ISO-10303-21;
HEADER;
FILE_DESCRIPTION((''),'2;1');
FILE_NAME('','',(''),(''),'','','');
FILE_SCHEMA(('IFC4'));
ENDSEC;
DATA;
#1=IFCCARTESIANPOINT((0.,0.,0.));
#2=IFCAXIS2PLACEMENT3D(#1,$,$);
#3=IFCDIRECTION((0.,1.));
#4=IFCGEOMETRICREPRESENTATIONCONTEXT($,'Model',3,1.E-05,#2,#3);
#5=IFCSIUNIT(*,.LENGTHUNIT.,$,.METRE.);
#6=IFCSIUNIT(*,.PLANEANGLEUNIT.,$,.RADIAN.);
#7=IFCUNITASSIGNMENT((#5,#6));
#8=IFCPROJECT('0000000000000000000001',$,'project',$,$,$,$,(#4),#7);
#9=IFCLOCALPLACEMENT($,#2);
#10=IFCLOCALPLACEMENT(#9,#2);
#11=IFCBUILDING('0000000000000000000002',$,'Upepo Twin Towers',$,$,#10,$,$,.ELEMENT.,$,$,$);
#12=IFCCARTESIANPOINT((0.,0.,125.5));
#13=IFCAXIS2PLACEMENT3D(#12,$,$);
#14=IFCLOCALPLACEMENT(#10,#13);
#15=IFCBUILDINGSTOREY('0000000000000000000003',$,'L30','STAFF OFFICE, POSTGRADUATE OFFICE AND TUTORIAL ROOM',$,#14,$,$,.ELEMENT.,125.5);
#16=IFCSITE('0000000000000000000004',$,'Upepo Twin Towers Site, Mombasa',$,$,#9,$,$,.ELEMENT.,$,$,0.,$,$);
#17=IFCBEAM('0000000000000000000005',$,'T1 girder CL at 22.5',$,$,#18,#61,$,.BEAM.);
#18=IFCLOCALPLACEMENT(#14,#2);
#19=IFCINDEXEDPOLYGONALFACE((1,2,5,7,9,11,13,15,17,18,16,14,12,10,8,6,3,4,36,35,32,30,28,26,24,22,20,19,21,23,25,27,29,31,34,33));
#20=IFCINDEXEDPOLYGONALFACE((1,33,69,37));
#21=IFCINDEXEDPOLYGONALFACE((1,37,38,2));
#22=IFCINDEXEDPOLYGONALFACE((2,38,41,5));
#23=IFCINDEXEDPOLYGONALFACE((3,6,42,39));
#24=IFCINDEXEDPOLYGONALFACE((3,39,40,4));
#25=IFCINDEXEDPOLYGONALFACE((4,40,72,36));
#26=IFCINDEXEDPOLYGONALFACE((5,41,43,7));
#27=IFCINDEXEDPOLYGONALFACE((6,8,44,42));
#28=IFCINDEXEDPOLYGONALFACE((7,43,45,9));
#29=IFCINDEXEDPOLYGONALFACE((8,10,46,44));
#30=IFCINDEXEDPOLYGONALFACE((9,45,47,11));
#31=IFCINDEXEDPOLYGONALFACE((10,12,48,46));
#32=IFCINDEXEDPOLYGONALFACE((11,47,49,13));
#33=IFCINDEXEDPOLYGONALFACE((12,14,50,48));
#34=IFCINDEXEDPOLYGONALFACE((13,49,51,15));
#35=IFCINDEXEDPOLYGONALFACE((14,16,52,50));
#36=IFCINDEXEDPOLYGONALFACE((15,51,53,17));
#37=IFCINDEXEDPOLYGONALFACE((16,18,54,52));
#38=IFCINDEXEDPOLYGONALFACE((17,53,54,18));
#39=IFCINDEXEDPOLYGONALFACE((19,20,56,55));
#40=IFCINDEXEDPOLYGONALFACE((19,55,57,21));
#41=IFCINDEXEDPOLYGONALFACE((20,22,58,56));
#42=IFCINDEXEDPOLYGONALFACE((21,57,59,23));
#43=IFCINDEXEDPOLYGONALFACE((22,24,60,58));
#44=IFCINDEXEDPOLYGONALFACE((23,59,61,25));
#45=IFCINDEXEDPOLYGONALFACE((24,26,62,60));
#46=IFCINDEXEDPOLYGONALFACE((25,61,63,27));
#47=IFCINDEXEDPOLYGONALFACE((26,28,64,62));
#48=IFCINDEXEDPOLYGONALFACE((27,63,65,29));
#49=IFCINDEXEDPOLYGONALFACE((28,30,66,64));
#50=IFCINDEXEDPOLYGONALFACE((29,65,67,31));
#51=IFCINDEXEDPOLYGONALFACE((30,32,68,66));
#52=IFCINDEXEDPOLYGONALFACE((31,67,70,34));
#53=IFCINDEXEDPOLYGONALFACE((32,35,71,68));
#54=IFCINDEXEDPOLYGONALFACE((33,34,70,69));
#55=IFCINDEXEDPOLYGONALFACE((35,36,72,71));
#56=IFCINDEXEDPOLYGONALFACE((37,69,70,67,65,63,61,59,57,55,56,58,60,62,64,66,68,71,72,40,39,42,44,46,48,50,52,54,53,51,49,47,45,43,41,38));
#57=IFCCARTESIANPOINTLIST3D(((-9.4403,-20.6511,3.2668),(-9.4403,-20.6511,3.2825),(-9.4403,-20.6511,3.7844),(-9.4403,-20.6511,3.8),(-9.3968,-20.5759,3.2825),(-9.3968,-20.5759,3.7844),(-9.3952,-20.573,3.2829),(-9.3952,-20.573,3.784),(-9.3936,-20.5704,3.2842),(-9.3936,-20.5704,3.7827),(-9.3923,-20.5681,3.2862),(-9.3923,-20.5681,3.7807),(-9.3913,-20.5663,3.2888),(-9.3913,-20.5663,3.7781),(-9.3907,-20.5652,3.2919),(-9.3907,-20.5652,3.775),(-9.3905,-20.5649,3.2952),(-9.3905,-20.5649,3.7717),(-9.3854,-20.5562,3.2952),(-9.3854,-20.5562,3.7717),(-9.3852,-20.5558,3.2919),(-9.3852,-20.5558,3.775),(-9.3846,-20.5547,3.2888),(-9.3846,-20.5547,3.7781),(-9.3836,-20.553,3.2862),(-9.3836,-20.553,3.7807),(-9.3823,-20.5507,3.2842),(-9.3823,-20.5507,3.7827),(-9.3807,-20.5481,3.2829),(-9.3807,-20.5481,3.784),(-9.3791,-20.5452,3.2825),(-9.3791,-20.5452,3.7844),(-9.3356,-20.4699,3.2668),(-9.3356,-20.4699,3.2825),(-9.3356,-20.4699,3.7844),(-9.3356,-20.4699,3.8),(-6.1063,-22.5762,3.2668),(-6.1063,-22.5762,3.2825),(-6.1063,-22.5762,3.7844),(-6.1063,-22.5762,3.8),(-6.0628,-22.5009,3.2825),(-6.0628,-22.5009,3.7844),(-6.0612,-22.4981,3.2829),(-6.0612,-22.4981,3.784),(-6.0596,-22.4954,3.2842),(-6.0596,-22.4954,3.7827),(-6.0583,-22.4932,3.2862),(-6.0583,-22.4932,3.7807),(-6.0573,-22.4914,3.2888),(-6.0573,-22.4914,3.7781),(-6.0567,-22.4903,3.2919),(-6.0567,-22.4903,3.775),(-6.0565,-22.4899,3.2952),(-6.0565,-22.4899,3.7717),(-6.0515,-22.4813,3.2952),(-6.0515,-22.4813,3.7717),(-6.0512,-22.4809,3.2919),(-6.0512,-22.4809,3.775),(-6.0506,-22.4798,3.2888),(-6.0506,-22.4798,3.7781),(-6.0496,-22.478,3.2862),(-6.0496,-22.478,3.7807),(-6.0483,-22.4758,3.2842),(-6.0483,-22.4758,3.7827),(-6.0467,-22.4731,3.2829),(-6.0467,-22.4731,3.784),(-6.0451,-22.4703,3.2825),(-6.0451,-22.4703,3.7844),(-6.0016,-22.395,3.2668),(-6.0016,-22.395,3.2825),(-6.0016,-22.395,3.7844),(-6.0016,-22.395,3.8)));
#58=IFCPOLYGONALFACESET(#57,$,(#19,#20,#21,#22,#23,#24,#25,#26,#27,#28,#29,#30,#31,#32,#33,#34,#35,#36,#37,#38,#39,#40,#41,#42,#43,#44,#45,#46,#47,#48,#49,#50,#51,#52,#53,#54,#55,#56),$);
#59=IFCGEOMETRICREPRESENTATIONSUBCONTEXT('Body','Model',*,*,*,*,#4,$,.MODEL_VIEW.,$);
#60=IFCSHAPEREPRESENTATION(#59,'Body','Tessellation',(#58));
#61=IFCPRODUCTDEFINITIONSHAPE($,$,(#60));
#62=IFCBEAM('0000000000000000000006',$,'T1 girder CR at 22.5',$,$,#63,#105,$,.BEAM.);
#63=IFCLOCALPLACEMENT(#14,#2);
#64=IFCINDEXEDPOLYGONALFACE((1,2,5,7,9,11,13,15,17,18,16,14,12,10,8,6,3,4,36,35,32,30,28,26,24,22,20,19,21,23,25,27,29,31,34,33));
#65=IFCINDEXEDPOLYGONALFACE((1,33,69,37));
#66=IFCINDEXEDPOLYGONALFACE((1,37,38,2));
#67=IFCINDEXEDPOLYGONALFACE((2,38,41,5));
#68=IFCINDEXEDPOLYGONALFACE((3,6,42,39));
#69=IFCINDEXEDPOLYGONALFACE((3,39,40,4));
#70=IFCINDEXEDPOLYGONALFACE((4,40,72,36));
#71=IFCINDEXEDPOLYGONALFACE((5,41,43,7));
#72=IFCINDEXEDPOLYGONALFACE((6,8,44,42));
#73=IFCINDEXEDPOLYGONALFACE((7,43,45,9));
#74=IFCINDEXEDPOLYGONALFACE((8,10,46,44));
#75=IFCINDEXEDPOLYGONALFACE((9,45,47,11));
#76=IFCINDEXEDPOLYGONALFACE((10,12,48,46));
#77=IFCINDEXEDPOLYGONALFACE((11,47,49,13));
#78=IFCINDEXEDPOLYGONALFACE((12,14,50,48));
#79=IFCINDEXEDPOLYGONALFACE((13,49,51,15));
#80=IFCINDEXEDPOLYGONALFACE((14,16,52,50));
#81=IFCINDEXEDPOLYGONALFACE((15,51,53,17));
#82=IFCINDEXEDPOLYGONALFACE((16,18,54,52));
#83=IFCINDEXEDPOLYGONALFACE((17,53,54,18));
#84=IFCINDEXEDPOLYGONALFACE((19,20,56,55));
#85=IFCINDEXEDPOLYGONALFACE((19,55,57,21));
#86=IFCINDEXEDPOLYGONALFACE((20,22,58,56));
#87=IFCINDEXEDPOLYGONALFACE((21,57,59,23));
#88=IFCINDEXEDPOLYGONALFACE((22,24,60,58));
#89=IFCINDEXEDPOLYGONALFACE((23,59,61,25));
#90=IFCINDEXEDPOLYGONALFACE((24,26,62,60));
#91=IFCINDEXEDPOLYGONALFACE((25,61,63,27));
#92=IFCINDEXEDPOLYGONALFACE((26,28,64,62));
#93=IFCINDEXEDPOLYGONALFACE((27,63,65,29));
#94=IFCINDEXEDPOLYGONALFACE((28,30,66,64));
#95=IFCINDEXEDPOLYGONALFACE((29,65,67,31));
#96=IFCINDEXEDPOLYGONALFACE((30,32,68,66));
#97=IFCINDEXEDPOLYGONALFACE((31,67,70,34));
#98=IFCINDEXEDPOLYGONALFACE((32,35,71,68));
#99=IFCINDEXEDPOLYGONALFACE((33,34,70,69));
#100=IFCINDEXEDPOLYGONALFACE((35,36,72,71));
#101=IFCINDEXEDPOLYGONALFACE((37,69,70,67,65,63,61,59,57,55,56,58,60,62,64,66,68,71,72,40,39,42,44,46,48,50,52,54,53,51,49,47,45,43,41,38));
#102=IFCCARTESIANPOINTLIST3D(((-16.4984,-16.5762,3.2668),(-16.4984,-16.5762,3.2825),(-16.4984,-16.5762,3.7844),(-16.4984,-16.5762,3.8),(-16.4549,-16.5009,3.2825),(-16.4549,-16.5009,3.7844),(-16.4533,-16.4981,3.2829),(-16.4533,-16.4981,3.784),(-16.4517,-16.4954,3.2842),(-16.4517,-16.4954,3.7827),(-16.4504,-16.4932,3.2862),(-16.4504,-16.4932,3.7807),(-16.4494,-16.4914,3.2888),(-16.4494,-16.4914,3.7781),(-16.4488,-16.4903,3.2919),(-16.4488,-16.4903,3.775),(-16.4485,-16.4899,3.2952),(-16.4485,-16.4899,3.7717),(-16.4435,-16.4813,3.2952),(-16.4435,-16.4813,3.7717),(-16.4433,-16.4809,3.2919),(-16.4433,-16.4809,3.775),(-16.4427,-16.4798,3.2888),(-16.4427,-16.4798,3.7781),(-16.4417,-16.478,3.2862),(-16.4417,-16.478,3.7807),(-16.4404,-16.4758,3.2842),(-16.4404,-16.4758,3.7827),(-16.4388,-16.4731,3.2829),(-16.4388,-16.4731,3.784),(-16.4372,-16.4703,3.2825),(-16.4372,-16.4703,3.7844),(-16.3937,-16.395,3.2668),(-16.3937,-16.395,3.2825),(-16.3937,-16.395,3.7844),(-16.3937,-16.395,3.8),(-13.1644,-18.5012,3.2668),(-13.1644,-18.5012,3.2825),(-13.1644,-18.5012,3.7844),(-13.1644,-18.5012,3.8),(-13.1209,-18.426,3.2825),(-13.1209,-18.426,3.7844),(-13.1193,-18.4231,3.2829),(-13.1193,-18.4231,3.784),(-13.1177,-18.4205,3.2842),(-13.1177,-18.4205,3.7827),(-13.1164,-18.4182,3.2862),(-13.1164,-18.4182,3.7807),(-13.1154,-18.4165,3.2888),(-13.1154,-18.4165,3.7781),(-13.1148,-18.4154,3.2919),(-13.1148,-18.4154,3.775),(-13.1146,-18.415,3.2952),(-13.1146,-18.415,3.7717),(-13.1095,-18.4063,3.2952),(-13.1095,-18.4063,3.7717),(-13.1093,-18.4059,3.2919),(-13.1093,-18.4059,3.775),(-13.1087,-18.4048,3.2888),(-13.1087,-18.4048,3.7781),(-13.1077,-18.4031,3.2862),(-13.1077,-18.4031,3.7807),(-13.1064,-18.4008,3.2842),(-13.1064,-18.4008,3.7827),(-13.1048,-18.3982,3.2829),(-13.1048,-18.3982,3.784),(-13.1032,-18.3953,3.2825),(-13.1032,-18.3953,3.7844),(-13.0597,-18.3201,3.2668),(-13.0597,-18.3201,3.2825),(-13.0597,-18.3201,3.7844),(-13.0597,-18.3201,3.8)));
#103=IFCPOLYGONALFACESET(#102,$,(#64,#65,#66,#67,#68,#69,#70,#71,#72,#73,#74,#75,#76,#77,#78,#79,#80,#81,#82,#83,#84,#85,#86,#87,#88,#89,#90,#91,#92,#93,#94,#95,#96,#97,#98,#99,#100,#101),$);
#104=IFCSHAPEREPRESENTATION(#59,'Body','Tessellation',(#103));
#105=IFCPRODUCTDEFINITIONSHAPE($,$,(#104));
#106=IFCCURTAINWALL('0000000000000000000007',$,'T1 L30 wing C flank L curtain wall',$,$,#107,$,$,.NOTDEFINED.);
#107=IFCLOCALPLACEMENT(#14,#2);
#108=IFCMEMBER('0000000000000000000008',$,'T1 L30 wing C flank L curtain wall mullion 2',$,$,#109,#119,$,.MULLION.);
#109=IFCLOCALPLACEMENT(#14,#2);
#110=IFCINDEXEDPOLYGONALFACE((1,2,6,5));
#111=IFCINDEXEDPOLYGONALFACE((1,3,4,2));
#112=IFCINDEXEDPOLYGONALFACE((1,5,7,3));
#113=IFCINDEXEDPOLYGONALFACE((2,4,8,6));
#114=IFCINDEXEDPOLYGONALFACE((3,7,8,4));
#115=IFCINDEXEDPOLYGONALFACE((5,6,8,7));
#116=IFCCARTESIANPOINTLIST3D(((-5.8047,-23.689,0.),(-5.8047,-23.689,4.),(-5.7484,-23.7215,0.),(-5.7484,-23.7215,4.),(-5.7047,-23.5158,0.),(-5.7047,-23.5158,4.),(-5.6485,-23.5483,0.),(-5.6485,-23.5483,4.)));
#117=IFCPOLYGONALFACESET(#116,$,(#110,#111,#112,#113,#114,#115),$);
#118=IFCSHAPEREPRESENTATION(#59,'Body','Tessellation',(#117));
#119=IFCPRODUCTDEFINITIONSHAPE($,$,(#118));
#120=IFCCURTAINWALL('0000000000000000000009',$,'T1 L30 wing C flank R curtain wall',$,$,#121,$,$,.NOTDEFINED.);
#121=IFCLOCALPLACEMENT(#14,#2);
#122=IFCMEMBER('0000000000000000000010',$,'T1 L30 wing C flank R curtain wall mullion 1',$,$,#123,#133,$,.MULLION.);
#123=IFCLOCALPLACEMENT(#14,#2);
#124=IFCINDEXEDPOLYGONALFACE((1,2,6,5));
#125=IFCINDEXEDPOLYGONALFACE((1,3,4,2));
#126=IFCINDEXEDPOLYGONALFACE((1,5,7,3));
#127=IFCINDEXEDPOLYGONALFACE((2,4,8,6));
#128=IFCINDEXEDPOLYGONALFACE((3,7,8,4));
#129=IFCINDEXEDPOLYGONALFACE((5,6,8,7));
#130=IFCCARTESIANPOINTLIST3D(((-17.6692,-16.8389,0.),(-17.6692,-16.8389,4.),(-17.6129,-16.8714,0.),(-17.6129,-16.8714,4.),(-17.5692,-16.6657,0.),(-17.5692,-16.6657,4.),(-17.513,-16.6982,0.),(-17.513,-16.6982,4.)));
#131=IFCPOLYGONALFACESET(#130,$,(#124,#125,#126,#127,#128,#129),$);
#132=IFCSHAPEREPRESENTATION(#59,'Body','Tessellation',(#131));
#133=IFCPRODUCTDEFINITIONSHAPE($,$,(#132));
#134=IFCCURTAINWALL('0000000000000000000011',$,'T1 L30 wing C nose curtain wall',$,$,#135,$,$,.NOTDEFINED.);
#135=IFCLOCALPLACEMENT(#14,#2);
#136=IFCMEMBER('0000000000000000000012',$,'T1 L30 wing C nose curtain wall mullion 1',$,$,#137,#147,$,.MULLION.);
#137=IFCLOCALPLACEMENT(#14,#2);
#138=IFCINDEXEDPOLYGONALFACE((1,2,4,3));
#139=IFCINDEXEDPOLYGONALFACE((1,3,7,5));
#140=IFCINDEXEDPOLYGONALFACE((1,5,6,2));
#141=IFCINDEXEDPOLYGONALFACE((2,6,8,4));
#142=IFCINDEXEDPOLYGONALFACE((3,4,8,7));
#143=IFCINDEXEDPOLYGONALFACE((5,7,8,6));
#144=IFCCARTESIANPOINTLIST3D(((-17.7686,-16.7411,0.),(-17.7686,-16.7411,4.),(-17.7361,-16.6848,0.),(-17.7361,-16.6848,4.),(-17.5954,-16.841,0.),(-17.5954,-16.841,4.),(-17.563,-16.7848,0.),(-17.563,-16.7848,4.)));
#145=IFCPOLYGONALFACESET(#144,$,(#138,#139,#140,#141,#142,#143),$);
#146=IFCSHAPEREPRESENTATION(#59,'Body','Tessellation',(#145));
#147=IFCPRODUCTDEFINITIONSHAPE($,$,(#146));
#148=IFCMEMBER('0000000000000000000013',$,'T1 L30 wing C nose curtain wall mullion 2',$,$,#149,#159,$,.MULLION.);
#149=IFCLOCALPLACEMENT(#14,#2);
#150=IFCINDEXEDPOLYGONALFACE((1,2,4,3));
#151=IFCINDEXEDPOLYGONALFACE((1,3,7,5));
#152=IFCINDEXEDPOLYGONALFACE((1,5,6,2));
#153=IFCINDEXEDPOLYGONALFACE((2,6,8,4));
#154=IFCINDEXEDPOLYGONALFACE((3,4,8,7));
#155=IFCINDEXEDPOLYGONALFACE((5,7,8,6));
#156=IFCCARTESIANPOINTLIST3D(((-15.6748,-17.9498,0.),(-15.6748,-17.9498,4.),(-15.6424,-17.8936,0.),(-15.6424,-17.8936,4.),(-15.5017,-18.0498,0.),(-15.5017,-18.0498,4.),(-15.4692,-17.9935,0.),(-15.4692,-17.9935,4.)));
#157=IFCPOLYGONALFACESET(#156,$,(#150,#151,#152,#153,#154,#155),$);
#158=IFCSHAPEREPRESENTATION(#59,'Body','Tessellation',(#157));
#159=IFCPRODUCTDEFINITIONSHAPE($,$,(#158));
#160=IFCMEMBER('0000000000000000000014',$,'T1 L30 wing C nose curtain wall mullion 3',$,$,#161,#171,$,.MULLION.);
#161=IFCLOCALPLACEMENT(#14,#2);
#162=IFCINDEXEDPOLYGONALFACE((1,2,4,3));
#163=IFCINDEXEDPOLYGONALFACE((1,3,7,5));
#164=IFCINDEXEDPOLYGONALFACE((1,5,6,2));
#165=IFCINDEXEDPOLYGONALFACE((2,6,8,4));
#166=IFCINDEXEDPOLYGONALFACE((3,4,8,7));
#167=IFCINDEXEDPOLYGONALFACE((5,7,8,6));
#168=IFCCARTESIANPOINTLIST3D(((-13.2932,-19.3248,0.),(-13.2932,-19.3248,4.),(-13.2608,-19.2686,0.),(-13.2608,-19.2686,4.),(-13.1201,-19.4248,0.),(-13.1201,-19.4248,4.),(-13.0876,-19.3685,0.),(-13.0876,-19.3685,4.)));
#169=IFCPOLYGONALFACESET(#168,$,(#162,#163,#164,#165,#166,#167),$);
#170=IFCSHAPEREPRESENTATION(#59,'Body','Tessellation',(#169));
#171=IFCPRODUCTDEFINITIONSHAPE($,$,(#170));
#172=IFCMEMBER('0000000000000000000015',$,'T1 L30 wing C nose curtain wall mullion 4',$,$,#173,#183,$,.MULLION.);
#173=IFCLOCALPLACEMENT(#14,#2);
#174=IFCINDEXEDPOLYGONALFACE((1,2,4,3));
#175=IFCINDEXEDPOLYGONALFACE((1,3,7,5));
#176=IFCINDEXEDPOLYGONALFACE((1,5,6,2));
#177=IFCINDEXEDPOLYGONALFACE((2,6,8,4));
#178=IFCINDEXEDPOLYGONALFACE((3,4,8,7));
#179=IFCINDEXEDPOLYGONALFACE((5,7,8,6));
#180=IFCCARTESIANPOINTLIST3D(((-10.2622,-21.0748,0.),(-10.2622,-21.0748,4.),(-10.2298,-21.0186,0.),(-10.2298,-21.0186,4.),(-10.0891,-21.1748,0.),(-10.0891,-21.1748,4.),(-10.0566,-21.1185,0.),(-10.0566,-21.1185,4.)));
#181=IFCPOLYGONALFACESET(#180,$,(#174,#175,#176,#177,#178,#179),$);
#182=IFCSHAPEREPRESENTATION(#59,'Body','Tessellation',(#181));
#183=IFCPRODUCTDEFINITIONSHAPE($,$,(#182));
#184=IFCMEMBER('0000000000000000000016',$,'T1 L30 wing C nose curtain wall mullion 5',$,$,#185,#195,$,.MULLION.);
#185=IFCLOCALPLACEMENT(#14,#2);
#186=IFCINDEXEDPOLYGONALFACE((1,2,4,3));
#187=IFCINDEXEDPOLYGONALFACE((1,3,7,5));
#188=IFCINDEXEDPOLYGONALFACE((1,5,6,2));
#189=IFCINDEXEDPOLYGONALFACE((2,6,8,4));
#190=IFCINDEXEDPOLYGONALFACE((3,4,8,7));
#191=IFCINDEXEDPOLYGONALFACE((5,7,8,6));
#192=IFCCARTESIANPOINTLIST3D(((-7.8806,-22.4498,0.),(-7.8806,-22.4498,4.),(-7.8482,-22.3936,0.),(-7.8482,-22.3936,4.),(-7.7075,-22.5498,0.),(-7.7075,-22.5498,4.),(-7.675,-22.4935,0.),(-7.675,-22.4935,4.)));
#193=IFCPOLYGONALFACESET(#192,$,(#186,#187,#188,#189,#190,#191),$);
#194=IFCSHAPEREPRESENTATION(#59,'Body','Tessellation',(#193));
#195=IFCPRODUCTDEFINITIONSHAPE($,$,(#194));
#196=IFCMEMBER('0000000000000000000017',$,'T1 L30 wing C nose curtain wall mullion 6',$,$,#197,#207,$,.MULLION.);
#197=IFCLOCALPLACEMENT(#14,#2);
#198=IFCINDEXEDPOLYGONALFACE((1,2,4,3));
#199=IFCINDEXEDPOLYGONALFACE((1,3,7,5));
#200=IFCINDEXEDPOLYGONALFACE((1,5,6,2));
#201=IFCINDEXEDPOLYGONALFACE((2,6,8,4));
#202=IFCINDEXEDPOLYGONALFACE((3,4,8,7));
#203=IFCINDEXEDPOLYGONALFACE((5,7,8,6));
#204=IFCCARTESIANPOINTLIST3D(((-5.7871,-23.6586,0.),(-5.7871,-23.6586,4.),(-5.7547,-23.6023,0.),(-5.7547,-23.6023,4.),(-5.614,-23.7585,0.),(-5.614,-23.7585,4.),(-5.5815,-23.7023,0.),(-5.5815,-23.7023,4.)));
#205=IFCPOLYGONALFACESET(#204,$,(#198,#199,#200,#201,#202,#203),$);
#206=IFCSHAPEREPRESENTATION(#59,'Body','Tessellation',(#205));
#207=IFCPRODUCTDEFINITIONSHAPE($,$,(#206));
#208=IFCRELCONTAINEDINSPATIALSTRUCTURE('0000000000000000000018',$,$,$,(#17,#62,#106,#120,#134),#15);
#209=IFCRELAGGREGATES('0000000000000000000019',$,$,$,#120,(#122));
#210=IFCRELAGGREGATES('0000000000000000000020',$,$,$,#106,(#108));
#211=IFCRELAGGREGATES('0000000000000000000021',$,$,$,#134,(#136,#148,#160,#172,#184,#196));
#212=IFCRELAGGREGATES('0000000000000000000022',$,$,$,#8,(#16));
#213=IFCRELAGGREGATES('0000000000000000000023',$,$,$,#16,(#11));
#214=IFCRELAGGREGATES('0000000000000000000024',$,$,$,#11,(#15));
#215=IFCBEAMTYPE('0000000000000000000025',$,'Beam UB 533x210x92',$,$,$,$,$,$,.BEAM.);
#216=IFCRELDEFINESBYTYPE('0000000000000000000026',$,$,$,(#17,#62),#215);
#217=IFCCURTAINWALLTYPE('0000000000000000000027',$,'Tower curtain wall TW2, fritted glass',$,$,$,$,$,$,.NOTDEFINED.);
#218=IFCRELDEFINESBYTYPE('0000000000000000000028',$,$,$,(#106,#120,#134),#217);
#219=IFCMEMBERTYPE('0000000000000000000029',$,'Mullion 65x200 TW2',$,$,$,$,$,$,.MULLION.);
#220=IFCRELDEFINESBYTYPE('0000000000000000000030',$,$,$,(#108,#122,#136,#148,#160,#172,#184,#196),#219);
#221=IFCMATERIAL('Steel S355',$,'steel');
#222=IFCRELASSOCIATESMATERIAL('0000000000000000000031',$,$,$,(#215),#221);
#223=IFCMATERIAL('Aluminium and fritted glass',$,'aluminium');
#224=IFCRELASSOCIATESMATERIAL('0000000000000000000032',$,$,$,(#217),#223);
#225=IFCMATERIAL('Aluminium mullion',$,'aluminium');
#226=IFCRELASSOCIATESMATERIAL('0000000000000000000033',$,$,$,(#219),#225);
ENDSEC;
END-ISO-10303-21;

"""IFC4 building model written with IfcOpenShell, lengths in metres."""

from ifc_helpers import new_model, si_unit, direction, frame, origin, origin_2d, place, context, subcontext, project, spatial, rectangle, i_section, extrude, material, material_profile, profile_set, type_object, element, aggregate, save


model = new_model("IFC4")

# Units and contexts
model_context = context("Model", 3, precision=1e-05, world=origin(), true_north=direction((0.0, 1.0)))
body_context = subcontext(model_context, "Body", "Model", "MODEL_VIEW")
ifc_project = project(units=[si_unit("LENGTHUNIT", "METRE"), si_unit("PLANEANGLEUNIT", "RADIAN")], contexts=[model_context])

# Site, building, storey
site_placement = place(None, origin())
site = spatial("IfcSite", under=ifc_project, at=site_placement, Name="Upepo Twin Towers Site, Mombasa", CompositionType="ELEMENT", RefElevation=0.0)
building_placement = place(site_placement, origin())
building = spatial("IfcBuilding", under=site, at=building_placement, Name="Upepo Twin Towers", CompositionType="ELEMENT")
storey_placement = place(building_placement, frame((0.0, 0.0, 125.5)))
storey = spatial("IfcBuildingStorey", under=building, at=storey_placement, Name="L30", Description="STAFF OFFICE, POSTGRADUATE OFFICE AND TUTORIAL ROOM", CompositionType="ELEMENT", Elevation=125.5)

# Beams
ifc_material_1 = material(Name="Steel S355", Category="steel")
ifc_material_profile_1 = material_profile(ifc_material_1, i_section(OverallWidth=0.2092, OverallDepth=0.5332, WebThickness=0.01, FlangeThickness=0.0156, FilletRadius=0.0127, at=origin_2d()), Name="UB 533x210x92")
ifc_profile_set_1 = profile_set([ifc_material_profile_1], Name="Steel S355")
beam_type_1 = type_object("IfcBeamType", Name="Beam UB 533x210x92", PredefinedType="BEAM", material=ifc_profile_set_1)
for number, where, z_axis, x_axis, name in (
    (1, (-6.054, -22.4856, 3.5334), (-0.866006, 0.500034, 0.0), (-0.500034, -0.866006, 0.0), "T1 girder CL at 22.5"),
    (2, (-16.446, -16.4856, 3.5334), (0.866006, -0.500034, 0.0), (0.500034, 0.866006, 0.0), "T1 girder CR at 22.5"),
):
    element("IfcBeam", number, at=place(storey_placement, frame(where, z_axis=z_axis, x_axis=x_axis)), inside=storey, type_object=beam_type_1, Name=name, PredefinedType="BEAM", context=body_context, shape_type="SweptSolid", body=[
        extrude(i_section(OverallWidth=0.2092, OverallDepth=0.5332, WebThickness=0.01, FlangeThickness=0.0156, FilletRadius=0.0127, at=origin_2d()), origin(), (0.0, 0.0, 1.0), 3.8499),
    ])

# Curtain walls, members
ifc_material_2 = material(Name="Aluminium and fritted glass", Category="aluminium")
curtain_wall_type = type_object("IfcCurtainWallType", Name="Tower curtain wall TW2, fritted glass", PredefinedType="NOTDEFINED", material=ifc_material_2)
curtain_wall_1_placement = place(storey_placement, origin())
curtain_wall_1 = element("IfcCurtainWall", 3, at=curtain_wall_1_placement, inside=storey, type_object=curtain_wall_type, Name="T1 L30 wing C flank L curtain wall", PredefinedType="NOTDEFINED")
ifc_material_3 = material(Name="Aluminium mullion", Category="aluminium")
ifc_material_profile_2 = material_profile(ifc_material_3, rectangle(XDim=0.0649, YDim=0.2, at=origin_2d()), Name="MULLION 65x200")
ifc_profile_set_2 = profile_set([ifc_material_profile_2], Name="Aluminium mullion")
member_type_1 = type_object("IfcMemberType", Name="Mullion 65x200 TW2", PredefinedType="MULLION", material=ifc_profile_set_2)
member_1_placement = place(storey_placement, frame((-5.7266, -23.6187, 0.0), z_axis=(0.0, 0.0, 1.0), x_axis=(0.866025, -0.5, 0.0)))
member_1 = element("IfcMember", 4, at=member_1_placement, type_object=member_type_1, Name="T1 L30 wing C flank L curtain wall mullion 2", PredefinedType="MULLION", context=body_context, shape_type="SweptSolid", body=[
    extrude(rectangle(XDim=0.0649, YDim=0.2, at=origin_2d()), origin(), (0.0, 0.0, 1.0), 4.0),
])
curtain_wall_2_placement = place(storey_placement, origin())
curtain_wall_2 = element("IfcCurtainWall", 5, at=curtain_wall_2_placement, inside=storey, type_object=curtain_wall_type, Name="T1 L30 wing C flank R curtain wall", PredefinedType="NOTDEFINED")
member_2_placement = place(storey_placement, frame((-17.5911, -16.7686, 0.0), z_axis=(0.0, 0.0, 1.0), x_axis=(-0.866025, 0.5, 0.0)))
member_2 = element("IfcMember", 6, at=member_2_placement, type_object=member_type_1, Name="T1 L30 wing C flank R curtain wall mullion 1", PredefinedType="MULLION", context=body_context, shape_type="SweptSolid", body=[
    extrude(rectangle(XDim=0.0649, YDim=0.2, at=origin_2d()), origin(), (0.0, 0.0, 1.0), 4.0),
])

# Curtain wall, members
curtain_wall_3_placement = place(storey_placement, origin())
curtain_wall_3 = element("IfcCurtainWall", 7, at=curtain_wall_3_placement, inside=storey, type_object=curtain_wall_type, Name="T1 L30 wing C nose curtain wall", PredefinedType="NOTDEFINED")
member_3_placement = place(storey_placement, frame((-17.6658, -16.7629, 0.0), z_axis=(0.0, 0.0, 1.0), x_axis=(0.5, 0.866025, 0.0)))
member_3 = element("IfcMember", 8, at=member_3_placement, type_object=member_type_1, Name="T1 L30 wing C nose curtain wall mullion 1", PredefinedType="MULLION", context=body_context, shape_type="SweptSolid", body=[
    extrude(rectangle(XDim=0.0649, YDim=0.2, at=origin_2d()), origin(), (0.0, 0.0, 1.0), 4.0),
])
member_4_placement = place(storey_placement, frame((-15.572, -17.9717, 0.0), z_axis=(0.0, 0.0, 1.0), x_axis=(0.5, 0.866025, 0.0)))
member_4 = element("IfcMember", 9, at=member_4_placement, type_object=member_type_1, Name="T1 L30 wing C nose curtain wall mullion 2", PredefinedType="MULLION", context=body_context, shape_type="SweptSolid", body=[
    extrude(rectangle(XDim=0.0649, YDim=0.2, at=origin_2d()), origin(), (0.0, 0.0, 1.0), 4.0),
])
member_5_placement = place(storey_placement, frame((-13.1904, -19.3467, 0.0), z_axis=(0.0, 0.0, 1.0), x_axis=(0.5, 0.866025, 0.0)))
member_5 = element("IfcMember", 10, at=member_5_placement, type_object=member_type_1, Name="T1 L30 wing C nose curtain wall mullion 3", PredefinedType="MULLION", context=body_context, shape_type="SweptSolid", body=[
    extrude(rectangle(XDim=0.0649, YDim=0.2, at=origin_2d()), origin(), (0.0, 0.0, 1.0), 4.0),
])
member_6_placement = place(storey_placement, frame((-10.1594, -21.0967, 0.0), z_axis=(0.0, 0.0, 1.0), x_axis=(0.5, 0.866025, 0.0)))
member_6 = element("IfcMember", 11, at=member_6_placement, type_object=member_type_1, Name="T1 L30 wing C nose curtain wall mullion 4", PredefinedType="MULLION", context=body_context, shape_type="SweptSolid", body=[
    extrude(rectangle(XDim=0.0649, YDim=0.2, at=origin_2d()), origin(), (0.0, 0.0, 1.0), 4.0),
])
member_7_placement = place(storey_placement, frame((-7.7778, -22.4717, 0.0), z_axis=(0.0, 0.0, 1.0), x_axis=(0.5, 0.866025, 0.0)))
member_7 = element("IfcMember", 12, at=member_7_placement, type_object=member_type_1, Name="T1 L30 wing C nose curtain wall mullion 5", PredefinedType="MULLION", context=body_context, shape_type="SweptSolid", body=[
    extrude(rectangle(XDim=0.0649, YDim=0.2, at=origin_2d()), origin(), (0.0, 0.0, 1.0), 4.0),
])
member_8_placement = place(storey_placement, frame((-5.6843, -23.6804, 0.0), z_axis=(0.0, 0.0, 1.0), x_axis=(0.5, 0.866025, 0.0)))
member_8 = element("IfcMember", 13, at=member_8_placement, type_object=member_type_1, Name="T1 L30 wing C nose curtain wall mullion 6", PredefinedType="MULLION", context=body_context, shape_type="SweptSolid", body=[
    extrude(rectangle(XDim=0.0649, YDim=0.2, at=origin_2d()), origin(), (0.0, 0.0, 1.0), 4.0),
])

aggregate(curtain_wall_2, [member_2])

aggregate(curtain_wall_1, [member_1])
aggregate(curtain_wall_3, [member_3, member_4, member_5, member_6, member_7, member_8])

save(model, "model.ifc")
